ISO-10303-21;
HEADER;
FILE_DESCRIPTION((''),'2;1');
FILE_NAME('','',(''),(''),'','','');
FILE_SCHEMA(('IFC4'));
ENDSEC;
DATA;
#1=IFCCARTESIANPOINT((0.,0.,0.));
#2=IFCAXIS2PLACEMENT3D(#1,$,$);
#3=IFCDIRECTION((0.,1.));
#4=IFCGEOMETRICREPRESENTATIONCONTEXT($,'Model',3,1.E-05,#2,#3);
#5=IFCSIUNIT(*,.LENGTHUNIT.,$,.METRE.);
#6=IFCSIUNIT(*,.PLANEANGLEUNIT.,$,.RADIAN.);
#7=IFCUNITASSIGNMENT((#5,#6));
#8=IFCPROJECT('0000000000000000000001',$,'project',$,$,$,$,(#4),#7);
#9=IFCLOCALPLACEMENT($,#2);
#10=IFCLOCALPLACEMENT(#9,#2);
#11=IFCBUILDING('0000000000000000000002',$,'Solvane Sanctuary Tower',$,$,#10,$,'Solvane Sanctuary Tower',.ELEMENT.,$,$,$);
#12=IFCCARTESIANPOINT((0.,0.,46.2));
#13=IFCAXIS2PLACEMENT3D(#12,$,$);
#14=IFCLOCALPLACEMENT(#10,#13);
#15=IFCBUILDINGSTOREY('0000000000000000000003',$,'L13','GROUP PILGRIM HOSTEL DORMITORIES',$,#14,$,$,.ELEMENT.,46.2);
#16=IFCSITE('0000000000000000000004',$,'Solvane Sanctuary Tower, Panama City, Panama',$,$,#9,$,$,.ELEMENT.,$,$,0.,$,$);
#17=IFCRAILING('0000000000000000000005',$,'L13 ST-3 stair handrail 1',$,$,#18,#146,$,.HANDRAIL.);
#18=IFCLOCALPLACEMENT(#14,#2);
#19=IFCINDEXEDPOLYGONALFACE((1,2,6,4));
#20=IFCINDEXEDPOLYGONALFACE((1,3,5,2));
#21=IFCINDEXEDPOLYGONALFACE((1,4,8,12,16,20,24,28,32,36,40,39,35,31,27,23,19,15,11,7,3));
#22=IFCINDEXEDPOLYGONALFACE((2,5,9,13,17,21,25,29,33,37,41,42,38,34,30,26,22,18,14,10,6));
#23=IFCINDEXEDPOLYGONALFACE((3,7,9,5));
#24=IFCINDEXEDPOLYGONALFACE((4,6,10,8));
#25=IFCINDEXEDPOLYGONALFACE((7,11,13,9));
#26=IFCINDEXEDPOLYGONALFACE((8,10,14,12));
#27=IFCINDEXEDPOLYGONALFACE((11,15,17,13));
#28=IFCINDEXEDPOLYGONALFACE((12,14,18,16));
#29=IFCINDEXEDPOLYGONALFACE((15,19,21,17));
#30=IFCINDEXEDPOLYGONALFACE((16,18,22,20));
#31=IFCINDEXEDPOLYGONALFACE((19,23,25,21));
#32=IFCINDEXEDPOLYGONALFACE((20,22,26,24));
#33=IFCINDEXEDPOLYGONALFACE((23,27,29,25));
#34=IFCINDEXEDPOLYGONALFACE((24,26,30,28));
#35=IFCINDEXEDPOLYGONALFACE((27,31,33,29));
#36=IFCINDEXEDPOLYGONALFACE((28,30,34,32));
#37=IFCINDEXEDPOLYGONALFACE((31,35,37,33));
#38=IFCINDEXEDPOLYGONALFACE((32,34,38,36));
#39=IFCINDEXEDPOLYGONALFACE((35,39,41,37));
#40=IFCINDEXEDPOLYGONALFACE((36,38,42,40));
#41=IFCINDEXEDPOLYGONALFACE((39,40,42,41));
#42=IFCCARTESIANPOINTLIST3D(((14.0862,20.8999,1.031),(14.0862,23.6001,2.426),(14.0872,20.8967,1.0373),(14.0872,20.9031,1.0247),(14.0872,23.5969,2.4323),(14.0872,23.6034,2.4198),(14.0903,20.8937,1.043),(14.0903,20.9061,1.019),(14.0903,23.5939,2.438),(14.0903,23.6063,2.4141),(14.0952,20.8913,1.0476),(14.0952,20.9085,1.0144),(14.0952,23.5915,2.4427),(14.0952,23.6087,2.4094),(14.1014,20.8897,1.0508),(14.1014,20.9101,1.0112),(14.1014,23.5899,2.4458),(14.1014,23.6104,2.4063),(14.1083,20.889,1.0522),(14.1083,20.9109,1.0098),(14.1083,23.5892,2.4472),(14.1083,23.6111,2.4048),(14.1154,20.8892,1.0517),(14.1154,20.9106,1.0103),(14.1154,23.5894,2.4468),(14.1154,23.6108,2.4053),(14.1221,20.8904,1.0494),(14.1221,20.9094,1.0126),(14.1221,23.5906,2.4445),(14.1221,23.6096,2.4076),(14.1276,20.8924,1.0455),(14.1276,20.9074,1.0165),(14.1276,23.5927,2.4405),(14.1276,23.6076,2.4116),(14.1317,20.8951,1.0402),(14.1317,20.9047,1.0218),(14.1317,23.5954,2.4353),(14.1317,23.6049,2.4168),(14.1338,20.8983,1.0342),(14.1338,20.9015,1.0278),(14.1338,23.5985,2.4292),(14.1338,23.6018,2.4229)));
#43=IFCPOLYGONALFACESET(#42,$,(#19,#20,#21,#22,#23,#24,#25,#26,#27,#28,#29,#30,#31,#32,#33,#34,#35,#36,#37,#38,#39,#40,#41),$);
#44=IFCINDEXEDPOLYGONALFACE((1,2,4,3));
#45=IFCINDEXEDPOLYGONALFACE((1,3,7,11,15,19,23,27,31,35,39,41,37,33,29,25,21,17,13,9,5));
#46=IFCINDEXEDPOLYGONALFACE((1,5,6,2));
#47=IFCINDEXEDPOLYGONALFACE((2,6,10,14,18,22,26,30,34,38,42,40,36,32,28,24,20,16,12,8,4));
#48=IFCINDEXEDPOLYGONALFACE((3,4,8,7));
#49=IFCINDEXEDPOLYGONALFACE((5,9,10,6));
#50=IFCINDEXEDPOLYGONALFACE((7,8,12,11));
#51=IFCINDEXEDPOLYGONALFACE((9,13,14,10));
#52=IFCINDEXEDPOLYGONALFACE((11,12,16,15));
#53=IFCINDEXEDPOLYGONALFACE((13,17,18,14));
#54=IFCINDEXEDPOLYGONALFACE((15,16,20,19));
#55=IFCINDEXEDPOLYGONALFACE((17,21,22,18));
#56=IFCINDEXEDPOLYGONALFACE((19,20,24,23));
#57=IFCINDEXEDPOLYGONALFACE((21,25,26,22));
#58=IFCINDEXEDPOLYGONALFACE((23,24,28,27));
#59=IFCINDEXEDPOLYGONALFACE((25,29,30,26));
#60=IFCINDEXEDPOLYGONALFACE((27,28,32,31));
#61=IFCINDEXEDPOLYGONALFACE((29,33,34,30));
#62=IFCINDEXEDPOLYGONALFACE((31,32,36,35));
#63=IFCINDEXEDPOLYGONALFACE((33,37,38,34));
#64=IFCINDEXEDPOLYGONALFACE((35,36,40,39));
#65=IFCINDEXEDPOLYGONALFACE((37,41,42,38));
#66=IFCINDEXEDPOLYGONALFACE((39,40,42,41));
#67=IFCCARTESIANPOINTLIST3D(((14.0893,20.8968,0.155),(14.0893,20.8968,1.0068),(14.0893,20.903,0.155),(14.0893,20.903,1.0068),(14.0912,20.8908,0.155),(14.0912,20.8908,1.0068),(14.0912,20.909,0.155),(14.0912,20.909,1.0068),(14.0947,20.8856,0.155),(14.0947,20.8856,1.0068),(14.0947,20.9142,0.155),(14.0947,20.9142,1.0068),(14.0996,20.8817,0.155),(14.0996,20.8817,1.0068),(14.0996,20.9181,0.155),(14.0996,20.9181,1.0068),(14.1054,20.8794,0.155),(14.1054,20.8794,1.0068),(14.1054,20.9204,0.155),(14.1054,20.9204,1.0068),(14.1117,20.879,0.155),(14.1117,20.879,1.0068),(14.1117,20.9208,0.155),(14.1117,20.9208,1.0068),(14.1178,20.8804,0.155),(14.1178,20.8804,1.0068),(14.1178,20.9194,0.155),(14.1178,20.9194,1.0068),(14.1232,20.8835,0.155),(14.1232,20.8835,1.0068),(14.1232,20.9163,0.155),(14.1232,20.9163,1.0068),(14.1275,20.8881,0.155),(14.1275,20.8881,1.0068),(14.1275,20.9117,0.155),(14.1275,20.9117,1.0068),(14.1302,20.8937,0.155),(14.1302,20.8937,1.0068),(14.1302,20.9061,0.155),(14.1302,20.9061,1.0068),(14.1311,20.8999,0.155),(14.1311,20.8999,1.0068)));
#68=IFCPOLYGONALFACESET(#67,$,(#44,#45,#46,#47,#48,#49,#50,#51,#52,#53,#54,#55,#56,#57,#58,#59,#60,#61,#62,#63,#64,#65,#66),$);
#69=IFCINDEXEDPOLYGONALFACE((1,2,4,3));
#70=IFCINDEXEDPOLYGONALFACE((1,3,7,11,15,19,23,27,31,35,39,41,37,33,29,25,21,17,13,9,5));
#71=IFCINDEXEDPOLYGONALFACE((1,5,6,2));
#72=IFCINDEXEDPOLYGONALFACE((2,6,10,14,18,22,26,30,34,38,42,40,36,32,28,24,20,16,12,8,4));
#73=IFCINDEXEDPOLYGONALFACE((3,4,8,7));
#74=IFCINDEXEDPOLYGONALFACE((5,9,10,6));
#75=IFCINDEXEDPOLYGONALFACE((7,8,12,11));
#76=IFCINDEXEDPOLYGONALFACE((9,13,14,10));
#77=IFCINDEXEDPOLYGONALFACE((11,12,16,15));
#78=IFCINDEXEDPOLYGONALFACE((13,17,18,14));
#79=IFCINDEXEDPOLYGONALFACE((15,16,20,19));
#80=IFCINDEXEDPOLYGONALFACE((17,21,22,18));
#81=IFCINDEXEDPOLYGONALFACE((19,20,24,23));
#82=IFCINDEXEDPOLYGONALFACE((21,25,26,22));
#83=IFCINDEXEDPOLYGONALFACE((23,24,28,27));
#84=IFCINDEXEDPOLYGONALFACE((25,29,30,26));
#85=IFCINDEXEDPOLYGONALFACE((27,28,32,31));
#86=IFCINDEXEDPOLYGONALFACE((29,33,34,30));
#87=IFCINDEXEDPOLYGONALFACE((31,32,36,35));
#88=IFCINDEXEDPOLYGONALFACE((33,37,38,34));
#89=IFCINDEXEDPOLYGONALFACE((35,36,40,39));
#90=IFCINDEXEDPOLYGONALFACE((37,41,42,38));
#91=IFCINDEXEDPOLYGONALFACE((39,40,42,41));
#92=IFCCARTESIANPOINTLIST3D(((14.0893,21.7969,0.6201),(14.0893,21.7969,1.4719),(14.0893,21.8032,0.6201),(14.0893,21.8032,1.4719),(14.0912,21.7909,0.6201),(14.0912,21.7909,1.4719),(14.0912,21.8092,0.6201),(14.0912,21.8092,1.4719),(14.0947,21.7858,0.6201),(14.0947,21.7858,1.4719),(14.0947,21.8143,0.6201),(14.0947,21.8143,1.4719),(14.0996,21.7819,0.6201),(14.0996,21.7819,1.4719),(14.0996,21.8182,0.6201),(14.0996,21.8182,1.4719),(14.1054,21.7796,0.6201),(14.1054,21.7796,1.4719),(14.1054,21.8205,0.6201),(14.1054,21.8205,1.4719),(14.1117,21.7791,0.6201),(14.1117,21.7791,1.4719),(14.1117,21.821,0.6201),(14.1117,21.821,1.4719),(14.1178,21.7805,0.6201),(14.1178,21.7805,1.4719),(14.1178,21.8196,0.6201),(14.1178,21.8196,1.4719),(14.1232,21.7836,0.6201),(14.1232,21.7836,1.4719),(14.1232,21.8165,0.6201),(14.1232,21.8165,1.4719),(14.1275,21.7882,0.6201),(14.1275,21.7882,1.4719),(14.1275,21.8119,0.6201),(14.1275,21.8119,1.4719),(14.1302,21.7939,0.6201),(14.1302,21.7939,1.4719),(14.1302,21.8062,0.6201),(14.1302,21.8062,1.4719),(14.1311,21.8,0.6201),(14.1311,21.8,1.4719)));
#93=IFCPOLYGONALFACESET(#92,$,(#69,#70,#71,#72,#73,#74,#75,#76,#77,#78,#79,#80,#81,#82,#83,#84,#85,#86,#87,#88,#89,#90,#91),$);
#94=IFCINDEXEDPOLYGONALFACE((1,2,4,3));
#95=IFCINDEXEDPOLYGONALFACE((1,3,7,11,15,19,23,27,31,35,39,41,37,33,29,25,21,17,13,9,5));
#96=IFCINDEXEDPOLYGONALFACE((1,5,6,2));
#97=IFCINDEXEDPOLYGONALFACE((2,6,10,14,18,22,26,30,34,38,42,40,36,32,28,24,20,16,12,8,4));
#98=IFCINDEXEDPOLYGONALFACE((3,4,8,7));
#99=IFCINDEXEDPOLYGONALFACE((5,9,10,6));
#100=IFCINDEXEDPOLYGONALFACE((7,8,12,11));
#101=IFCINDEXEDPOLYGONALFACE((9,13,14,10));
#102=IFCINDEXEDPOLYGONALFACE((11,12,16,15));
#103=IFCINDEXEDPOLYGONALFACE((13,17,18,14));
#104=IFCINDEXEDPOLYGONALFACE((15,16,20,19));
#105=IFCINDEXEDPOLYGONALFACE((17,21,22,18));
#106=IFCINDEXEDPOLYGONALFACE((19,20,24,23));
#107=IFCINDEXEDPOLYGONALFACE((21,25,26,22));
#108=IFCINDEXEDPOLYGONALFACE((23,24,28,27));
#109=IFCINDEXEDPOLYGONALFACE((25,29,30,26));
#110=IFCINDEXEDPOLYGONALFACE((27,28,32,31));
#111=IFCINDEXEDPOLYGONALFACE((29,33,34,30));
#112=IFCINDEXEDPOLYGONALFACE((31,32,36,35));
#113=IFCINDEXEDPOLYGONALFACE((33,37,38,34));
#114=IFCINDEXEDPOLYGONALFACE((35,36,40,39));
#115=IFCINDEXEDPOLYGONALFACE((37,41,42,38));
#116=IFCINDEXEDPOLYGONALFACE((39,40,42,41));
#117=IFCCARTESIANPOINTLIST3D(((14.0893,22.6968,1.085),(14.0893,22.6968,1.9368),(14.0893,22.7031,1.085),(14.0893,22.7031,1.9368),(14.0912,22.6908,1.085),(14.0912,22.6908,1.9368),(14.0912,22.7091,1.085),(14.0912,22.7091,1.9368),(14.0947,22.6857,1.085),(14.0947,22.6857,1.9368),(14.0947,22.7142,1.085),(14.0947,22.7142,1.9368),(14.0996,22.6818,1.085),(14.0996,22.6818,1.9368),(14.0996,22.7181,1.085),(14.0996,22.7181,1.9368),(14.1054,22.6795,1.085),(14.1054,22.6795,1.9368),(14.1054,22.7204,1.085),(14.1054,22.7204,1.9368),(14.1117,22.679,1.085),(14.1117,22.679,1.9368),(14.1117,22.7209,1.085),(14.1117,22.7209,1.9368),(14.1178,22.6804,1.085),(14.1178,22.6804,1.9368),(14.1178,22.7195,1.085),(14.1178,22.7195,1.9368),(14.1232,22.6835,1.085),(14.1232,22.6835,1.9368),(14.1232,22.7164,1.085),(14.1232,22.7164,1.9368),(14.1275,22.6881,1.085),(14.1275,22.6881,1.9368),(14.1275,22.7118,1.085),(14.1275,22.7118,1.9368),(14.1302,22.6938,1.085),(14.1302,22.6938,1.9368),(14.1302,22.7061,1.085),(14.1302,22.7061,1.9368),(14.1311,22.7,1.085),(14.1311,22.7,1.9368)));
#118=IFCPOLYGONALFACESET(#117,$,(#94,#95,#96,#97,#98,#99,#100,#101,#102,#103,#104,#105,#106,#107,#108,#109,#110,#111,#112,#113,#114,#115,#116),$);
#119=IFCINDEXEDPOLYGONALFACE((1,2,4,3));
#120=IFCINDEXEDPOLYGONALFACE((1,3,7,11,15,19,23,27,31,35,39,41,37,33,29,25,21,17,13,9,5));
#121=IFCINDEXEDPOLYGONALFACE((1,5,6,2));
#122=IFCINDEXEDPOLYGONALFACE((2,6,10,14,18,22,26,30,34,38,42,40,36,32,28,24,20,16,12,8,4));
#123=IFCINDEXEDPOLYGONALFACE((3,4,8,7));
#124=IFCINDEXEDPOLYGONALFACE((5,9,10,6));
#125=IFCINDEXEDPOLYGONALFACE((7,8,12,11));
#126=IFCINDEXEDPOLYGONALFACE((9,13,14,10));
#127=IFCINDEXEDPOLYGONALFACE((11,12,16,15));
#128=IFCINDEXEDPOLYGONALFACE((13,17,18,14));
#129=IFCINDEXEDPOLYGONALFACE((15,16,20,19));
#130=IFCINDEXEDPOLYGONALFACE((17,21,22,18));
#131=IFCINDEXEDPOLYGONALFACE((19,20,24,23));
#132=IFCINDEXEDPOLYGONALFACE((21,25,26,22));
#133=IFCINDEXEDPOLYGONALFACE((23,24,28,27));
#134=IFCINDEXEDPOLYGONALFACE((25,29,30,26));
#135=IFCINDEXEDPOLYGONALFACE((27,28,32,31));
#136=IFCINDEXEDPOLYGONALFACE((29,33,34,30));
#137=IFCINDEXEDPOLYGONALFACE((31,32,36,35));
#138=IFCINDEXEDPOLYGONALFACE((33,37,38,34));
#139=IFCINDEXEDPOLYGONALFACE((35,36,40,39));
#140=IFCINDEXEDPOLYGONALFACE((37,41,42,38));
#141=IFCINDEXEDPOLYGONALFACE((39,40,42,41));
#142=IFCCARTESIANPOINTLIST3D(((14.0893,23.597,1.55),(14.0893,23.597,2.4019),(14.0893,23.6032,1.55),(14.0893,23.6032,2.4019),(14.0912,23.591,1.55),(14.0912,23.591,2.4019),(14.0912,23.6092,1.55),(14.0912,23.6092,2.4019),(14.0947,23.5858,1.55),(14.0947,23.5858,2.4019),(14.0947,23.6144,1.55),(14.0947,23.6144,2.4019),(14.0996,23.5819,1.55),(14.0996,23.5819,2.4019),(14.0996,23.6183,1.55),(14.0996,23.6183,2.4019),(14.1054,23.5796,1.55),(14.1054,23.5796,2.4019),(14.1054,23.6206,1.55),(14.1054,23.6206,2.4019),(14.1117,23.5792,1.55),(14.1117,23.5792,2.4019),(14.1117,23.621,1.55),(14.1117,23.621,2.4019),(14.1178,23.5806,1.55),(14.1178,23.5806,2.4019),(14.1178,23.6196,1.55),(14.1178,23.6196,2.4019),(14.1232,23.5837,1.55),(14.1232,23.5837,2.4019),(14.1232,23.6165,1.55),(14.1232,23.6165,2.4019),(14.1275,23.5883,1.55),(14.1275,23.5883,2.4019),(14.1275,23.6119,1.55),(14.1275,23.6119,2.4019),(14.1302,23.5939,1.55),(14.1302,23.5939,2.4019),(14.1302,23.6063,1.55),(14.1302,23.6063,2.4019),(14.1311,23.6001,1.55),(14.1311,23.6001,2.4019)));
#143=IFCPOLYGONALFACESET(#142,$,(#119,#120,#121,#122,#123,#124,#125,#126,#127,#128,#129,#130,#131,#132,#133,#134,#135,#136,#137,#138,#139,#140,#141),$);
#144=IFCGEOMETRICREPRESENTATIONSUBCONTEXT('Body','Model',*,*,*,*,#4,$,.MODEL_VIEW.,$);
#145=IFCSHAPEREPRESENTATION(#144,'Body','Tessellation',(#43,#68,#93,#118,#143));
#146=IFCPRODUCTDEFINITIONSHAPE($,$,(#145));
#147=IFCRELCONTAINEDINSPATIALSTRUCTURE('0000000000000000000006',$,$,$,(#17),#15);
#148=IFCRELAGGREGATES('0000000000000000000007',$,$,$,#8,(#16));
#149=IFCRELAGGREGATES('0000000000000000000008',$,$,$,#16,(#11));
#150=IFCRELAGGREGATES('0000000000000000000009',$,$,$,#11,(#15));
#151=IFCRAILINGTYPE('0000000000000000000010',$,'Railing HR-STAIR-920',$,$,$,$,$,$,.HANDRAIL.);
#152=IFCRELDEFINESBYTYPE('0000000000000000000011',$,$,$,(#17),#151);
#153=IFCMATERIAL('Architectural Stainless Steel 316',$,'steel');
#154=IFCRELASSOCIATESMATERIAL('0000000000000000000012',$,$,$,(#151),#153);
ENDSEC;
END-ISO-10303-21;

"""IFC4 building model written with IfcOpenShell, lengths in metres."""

from ifc_helpers import new_model, si_unit, direction, frame, origin, origin_2d, place, context, subcontext, project, spatial, circle, extrude, material, type_object, element, save


model = new_model("IFC4")

# Units and contexts
model_context = context("Model", 3, precision=1e-05, world=origin(), true_north=direction((0.0, 1.0)))
body_context = subcontext(model_context, "Body", "Model", "MODEL_VIEW")
ifc_project = project(units=[si_unit("LENGTHUNIT", "METRE"), si_unit("PLANEANGLEUNIT", "RADIAN")], contexts=[model_context])

# Site, building, storey
site_placement = place(None, origin())
site = spatial("IfcSite", under=ifc_project, at=site_placement, Name="Solvane Sanctuary Tower, Panama City, Panama", CompositionType="ELEMENT", RefElevation=0.0)
building_placement = place(site_placement, origin())
building = spatial("IfcBuilding", under=site, at=building_placement, Name="Solvane Sanctuary Tower", LongName="Solvane Sanctuary Tower", CompositionType="ELEMENT")
storey_placement = place(building_placement, frame((0.0, 0.0, 46.2)))
storey = spatial("IfcBuildingStorey", under=building, at=storey_placement, Name="L13", Description="GROUP PILGRIM HOSTEL DORMITORIES", CompositionType="ELEMENT", Elevation=46.2)

# Shared definitions
ifc_material_1 = material(Name="Architectural Stainless Steel 316", Category="steel")

# Railing
railing_type_1 = type_object("IfcRailingType", Name="Railing HR-STAIR-920", PredefinedType="HANDRAIL", material=ifc_material_1)
railing_1_placement = place(storey_placement, frame((14.1101, 20.8999, 0.155)))
element("IfcRailing", 1, at=railing_1_placement, inside=storey, type_object=railing_type_1, Name="L13 ST-3 stair handrail 1", PredefinedType="HANDRAIL", context=body_context, shape_type="SweptSolid", body=[
    extrude(circle(Radius=0.0239, at=origin_2d()), frame((0.0, 0.0, 0.876), z_axis=(0.0, 0.888437, 0.458999), x_axis=(-1.0, 0.0, 0.0)), (0.0, 0.0, 1.0), 3.0393),
    extrude(circle(Radius=0.021, at=origin_2d()), origin(), (0.0, 0.0, 1.0), 0.8518),
    extrude(circle(Radius=0.021, at=origin_2d()), frame((0.0, 0.9001, 0.4651)), (0.0, 0.0, 1.0), 0.8518),
    extrude(circle(Radius=0.021, at=origin_2d()), frame((0.0, 1.8, 0.9299)), (0.0, 0.0, 1.0), 0.8518),
    extrude(circle(Radius=0.021, at=origin_2d()), frame((0.0, 2.7002, 1.395)), (0.0, 0.0, 1.0), 0.8518),
])

save(model, "model.ifc")
